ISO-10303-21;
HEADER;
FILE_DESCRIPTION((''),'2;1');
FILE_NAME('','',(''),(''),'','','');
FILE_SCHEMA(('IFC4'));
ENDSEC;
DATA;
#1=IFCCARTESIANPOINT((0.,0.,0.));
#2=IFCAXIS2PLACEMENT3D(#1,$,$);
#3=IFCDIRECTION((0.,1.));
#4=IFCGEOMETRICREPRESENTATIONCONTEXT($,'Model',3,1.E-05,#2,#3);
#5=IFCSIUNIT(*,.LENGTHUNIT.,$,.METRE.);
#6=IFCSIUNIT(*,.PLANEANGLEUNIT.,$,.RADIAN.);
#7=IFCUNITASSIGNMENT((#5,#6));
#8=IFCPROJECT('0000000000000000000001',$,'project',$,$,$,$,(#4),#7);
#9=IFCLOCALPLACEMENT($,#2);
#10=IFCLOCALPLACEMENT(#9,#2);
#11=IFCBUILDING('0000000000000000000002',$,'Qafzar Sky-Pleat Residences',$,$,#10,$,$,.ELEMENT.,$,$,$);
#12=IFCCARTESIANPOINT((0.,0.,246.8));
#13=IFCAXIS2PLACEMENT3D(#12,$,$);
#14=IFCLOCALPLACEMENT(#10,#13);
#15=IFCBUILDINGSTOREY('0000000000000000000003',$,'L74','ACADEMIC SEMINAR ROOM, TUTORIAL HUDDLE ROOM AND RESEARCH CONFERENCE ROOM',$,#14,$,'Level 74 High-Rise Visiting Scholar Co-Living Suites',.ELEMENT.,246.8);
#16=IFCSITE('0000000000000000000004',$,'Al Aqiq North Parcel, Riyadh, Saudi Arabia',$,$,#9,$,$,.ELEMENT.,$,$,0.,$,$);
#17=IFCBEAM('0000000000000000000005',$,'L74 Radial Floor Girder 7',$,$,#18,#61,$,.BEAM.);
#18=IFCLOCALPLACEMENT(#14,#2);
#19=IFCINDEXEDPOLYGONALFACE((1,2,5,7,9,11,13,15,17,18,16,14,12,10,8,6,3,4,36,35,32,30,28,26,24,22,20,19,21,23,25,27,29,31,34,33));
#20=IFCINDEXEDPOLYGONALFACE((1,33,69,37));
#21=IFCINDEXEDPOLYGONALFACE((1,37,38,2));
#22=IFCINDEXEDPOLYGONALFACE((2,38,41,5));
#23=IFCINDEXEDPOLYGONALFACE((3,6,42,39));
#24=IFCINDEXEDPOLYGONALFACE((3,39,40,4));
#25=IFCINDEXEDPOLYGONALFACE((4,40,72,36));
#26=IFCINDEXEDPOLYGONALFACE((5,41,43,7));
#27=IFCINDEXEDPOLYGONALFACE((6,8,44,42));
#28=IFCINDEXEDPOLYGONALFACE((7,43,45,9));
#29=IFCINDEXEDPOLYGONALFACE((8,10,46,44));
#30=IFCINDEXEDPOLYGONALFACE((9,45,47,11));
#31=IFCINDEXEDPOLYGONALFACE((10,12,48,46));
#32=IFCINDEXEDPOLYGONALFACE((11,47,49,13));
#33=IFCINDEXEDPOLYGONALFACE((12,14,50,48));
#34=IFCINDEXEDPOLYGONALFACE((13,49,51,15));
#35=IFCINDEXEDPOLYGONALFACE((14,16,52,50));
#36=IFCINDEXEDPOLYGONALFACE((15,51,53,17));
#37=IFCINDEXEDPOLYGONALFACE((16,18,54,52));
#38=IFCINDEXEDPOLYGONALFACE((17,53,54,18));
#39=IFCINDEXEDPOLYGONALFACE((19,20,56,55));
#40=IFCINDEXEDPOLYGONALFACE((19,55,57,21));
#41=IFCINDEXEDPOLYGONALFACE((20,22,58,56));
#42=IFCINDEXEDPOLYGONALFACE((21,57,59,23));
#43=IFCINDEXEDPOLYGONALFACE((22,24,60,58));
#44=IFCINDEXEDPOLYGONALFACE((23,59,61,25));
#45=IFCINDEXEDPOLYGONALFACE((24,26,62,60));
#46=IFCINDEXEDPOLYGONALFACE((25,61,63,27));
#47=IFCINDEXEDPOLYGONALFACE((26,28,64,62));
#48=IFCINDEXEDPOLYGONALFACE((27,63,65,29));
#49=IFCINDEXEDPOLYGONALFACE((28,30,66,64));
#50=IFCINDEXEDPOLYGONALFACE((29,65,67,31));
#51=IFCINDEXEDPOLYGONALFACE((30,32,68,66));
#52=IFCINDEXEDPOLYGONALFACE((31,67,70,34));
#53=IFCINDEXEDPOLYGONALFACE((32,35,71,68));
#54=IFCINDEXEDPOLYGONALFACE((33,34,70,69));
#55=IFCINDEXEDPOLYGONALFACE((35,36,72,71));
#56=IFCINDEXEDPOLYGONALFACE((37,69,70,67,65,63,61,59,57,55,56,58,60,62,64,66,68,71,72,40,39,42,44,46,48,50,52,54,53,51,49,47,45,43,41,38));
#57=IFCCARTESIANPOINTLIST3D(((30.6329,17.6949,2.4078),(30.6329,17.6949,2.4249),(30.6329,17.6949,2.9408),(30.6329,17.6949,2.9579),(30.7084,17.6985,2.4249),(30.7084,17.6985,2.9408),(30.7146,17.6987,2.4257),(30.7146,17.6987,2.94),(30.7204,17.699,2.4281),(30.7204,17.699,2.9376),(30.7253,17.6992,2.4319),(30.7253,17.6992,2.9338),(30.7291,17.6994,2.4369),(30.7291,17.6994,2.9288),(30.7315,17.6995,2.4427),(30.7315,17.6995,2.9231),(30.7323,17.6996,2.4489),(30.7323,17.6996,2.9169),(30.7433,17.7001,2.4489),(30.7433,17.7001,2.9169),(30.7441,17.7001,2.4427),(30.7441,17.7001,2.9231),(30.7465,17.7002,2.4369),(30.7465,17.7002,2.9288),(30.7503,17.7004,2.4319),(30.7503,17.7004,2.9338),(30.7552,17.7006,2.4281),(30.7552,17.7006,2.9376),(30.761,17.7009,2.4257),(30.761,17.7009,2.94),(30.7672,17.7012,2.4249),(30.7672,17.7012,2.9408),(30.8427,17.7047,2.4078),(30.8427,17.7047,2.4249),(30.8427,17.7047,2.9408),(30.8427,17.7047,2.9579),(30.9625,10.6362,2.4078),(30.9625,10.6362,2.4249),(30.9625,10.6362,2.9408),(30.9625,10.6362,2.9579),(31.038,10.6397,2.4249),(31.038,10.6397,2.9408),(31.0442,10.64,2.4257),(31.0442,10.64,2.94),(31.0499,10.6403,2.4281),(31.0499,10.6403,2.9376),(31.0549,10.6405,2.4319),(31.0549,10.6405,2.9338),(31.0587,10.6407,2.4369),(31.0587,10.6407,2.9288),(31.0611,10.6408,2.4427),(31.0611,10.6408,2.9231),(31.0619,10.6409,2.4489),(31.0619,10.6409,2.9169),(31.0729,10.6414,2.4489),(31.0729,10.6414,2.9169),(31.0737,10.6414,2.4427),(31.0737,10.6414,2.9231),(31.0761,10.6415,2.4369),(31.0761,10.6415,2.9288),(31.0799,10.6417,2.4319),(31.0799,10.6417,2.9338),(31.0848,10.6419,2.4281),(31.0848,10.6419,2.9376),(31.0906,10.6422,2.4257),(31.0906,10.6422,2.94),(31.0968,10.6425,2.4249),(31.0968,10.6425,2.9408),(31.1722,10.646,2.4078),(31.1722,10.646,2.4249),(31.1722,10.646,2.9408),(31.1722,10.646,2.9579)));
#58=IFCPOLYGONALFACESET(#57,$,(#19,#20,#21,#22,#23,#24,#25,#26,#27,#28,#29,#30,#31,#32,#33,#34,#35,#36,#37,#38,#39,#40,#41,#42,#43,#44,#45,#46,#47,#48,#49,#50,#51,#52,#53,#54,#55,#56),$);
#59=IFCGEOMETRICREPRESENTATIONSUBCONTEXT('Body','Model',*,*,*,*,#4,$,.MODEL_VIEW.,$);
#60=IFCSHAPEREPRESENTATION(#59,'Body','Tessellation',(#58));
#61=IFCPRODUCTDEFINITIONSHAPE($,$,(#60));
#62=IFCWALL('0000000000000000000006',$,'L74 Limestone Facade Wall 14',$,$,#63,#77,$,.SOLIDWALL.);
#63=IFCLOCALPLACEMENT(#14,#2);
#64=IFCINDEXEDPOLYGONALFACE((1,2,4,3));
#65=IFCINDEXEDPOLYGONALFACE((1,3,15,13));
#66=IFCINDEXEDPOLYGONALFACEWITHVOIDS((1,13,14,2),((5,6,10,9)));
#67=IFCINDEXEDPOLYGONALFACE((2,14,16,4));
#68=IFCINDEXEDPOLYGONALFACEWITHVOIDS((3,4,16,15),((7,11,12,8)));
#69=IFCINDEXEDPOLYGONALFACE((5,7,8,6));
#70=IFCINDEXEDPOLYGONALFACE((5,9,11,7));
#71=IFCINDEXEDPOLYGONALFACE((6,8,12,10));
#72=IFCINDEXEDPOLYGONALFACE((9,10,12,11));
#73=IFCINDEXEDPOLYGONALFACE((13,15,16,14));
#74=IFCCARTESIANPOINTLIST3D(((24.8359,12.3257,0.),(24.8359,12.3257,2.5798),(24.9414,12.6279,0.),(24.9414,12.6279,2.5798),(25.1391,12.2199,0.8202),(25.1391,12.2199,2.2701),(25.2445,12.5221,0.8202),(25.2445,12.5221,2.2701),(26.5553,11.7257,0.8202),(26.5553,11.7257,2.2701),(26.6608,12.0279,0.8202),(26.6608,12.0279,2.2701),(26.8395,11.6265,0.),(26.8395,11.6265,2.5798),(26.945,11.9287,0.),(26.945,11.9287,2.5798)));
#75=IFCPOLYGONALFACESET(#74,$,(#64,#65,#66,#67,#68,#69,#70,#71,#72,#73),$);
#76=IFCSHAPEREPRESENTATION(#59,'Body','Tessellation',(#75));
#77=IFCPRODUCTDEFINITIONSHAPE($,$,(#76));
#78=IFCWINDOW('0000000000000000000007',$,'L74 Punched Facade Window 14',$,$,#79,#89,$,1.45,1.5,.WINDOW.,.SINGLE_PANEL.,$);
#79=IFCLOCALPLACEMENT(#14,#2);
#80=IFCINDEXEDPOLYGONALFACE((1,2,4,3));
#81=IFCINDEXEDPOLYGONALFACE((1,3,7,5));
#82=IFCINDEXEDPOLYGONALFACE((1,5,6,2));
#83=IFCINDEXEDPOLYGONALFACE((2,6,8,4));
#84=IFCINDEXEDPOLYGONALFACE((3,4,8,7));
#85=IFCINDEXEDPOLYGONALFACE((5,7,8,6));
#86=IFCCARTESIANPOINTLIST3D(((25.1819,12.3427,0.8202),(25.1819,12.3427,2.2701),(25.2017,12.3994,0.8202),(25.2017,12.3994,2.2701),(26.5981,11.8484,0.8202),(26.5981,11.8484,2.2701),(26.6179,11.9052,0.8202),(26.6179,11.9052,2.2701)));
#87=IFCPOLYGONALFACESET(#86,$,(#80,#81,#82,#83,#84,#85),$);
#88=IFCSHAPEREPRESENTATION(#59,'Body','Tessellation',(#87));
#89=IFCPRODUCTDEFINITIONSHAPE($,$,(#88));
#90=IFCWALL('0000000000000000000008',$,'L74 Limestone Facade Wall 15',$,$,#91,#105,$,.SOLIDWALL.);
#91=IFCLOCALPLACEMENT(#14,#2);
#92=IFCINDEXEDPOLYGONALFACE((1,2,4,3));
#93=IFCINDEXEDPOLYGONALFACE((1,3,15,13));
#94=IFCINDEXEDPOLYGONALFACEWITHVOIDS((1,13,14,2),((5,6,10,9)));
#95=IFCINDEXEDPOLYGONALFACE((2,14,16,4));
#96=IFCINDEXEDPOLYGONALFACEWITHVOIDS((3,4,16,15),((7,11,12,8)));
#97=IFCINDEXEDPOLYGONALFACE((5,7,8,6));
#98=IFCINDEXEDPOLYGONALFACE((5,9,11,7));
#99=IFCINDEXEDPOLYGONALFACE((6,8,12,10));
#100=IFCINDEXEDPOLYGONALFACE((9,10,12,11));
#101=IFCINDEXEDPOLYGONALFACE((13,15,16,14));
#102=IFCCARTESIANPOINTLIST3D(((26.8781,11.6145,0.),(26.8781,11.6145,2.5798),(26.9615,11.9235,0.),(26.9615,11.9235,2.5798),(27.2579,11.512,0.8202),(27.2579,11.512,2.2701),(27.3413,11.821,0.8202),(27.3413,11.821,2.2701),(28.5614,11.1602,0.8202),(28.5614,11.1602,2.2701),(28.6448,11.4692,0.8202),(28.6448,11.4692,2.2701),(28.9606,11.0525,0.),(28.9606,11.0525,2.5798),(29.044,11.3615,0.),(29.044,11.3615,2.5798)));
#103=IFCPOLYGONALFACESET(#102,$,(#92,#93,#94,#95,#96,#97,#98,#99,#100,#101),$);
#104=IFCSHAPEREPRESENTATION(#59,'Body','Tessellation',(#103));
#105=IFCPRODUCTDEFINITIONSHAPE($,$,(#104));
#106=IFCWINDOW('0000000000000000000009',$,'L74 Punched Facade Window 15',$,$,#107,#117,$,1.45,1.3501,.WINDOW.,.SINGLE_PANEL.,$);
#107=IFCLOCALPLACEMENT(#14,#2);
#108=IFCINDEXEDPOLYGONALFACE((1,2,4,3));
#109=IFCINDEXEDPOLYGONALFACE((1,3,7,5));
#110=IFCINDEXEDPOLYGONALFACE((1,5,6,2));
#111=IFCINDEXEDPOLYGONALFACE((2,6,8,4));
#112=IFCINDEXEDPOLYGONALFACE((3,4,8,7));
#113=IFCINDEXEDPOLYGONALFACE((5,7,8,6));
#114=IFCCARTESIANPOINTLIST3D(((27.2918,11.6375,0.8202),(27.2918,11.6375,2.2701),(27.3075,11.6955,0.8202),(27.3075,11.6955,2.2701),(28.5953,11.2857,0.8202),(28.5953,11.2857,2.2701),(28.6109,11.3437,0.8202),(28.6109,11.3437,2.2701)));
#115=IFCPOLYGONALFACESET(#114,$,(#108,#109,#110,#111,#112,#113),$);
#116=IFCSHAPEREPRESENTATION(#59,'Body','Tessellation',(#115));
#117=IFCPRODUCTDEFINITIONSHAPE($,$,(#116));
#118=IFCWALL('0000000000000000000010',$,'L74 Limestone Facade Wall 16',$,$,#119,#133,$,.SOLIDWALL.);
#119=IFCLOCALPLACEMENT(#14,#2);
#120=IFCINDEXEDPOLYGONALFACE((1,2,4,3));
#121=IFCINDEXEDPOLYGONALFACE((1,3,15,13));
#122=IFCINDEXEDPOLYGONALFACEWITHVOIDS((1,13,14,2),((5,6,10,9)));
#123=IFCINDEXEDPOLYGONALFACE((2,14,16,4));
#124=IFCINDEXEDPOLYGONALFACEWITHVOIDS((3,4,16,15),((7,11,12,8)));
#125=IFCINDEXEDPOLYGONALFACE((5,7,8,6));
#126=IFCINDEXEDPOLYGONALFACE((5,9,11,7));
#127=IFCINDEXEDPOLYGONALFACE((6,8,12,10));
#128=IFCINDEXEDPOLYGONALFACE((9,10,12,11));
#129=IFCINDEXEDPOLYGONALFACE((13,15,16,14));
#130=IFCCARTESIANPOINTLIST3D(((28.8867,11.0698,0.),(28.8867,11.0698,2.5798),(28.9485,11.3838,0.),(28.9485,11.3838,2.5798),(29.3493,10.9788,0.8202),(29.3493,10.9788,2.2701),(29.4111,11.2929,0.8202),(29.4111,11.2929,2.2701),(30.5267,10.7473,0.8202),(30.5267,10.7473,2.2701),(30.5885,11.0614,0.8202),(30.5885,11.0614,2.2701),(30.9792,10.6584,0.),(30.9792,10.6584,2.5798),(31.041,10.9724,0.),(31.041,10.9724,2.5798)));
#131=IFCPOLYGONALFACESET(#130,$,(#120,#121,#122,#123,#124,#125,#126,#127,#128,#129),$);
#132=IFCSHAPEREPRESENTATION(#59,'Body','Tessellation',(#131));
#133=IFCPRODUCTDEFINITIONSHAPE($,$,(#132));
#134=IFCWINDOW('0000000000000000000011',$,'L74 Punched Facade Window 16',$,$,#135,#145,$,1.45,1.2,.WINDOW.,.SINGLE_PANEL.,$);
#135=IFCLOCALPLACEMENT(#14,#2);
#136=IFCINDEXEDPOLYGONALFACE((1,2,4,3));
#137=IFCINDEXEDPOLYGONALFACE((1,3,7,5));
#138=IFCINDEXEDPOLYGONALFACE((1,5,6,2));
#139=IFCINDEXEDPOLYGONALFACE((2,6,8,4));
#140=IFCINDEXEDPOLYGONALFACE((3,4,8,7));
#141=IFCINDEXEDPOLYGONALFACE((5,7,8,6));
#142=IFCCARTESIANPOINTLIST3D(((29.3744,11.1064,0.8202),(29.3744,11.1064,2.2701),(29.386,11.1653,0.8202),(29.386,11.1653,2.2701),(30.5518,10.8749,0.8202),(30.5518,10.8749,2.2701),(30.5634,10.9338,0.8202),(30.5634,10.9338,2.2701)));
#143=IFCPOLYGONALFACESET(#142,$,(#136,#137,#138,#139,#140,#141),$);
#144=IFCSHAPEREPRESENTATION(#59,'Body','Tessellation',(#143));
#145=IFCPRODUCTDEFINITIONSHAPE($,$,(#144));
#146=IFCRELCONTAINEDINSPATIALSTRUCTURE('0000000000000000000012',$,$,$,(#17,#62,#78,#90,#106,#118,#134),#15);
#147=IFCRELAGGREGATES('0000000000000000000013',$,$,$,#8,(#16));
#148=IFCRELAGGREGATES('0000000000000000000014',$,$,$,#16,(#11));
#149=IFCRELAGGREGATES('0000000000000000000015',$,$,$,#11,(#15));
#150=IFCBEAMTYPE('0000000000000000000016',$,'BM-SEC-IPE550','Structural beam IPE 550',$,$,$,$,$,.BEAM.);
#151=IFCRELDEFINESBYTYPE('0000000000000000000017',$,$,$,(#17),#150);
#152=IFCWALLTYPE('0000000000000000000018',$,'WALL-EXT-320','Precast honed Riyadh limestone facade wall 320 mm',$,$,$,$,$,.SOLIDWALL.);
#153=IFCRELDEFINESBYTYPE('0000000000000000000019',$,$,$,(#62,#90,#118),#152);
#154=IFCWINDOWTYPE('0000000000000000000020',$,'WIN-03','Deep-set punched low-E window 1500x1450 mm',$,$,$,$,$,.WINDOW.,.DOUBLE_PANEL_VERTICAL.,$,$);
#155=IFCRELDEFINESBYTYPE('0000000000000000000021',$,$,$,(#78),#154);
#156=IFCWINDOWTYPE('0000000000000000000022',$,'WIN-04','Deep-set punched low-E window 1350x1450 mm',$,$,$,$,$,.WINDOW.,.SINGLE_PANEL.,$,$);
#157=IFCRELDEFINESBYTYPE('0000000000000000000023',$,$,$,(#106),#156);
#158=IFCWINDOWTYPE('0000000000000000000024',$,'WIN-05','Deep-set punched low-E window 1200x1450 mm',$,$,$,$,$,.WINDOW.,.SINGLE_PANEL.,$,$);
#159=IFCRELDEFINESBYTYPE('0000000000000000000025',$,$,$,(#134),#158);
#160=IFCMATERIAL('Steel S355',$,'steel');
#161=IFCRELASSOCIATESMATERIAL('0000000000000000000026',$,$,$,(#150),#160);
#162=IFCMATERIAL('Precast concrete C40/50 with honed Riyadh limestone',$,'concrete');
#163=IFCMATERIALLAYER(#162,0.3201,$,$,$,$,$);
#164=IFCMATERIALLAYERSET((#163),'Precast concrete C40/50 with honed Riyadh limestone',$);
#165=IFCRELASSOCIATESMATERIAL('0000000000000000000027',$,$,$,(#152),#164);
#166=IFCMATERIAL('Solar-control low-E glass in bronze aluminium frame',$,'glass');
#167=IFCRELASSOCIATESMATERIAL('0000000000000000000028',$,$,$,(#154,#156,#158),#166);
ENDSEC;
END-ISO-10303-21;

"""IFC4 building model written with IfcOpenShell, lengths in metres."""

from ifc_helpers import new_model, si_unit, direction, frame, frame_2d, origin, origin_2d, place, context, subcontext, project, spatial, rectangle, i_section, extrude, source, transform, mapped, material, layer, layer_set, material_profile, profile_set, type_object, element, fill, save


model = new_model("IFC4")

# Units and contexts
model_context = context("Model", 3, precision=1e-05, world=origin(), true_north=direction((0.0, 1.0)))
body_context = subcontext(model_context, "Body", "Model", "MODEL_VIEW")
ifc_project = project(units=[si_unit("LENGTHUNIT", "METRE"), si_unit("PLANEANGLEUNIT", "RADIAN")], contexts=[model_context])

# Site, building, storey
site_placement = place(None, origin())
site = spatial("IfcSite", under=ifc_project, at=site_placement, Name="Al Aqiq North Parcel, Riyadh, Saudi Arabia", CompositionType="ELEMENT", RefElevation=0.0)
building_placement = place(site_placement, origin())
building = spatial("IfcBuilding", under=site, at=building_placement, Name="Qafzar Sky-Pleat Residences", CompositionType="ELEMENT")
storey_placement = place(building_placement, frame((0.0, 0.0, 246.8)))
storey = spatial("IfcBuildingStorey", under=building, at=storey_placement, Name="L74", Description="ACADEMIC SEMINAR ROOM, TUTORIAL HUDDLE ROOM AND RESEARCH CONFERENCE ROOM", LongName="Level 74 High-Rise Visiting Scholar Co-Living Suites", CompositionType="ELEMENT", Elevation=246.8)

# Shared definitions
ifc_material_1 = material(Name="Steel S355", Category="steel")

# Beam
ifc_material_profile_1 = material_profile(ifc_material_1, i_section(OverallWidth=0.21, OverallDepth=0.55, WebThickness=0.011, FlangeThickness=0.0171, FilletRadius=0.0239, at=origin_2d()), Name="IPE 550")
ifc_profile_set_1 = profile_set([ifc_material_profile_1], Name="Steel S355")
beam_type_1 = type_object("IfcBeamType", Name="BM-SEC-IPE550", Description="Structural beam IPE 550", PredefinedType="BEAM", material=ifc_profile_set_1)
shared_shape_1 = source(origin(), body_context, "Body", "SweptSolid", [
    extrude(i_section(OverallWidth=0.21, OverallDepth=0.55, WebThickness=0.011, FlangeThickness=0.0171, FilletRadius=0.0239, at=origin_2d()), origin(), (0.0, 0.0, 1.0), 7.0664),
])
beam_1_placement = place(storey_placement, frame((31.0674, 10.6411, 2.6829), z_axis=(-0.046641, 0.998912, 0.0), x_axis=(-0.998912, -0.046641, 0.0)))
element("IfcBeam", 1, at=beam_1_placement, inside=storey, type_object=beam_type_1, Name="L74 Radial Floor Girder 7", PredefinedType="BEAM", context=body_context, shape_type="MappedRepresentation", body=[
    mapped(shared_shape_1, transform((0.0, 0.0, 0.0), x_axis=(1.0, 0.0, 0.0), y_axis=(0.0, 1.0, 0.0), z_axis=(0.0, 0.0, 1.0), scale=1.0)),
])

# Walls, openings, windows
ifc_material_2 = material(Name="Precast concrete C40/50 with honed Riyadh limestone", Category="concrete")
ifc_layer_1 = layer(ifc_material_2, 0.3201)
ifc_layer_set_1 = layer_set([ifc_layer_1], Name="Precast concrete C40/50 with honed Riyadh limestone")
wall_type_1 = type_object("IfcWallType", Name="WALL-EXT-320", Description="Precast honed Riyadh limestone facade wall 320 mm", PredefinedType="SOLIDWALL", material=ifc_layer_set_1)
wall_1_placement = place(storey_placement, frame((24.8887, 12.4768, 0.0), z_axis=(0.0, 0.0, 1.0), x_axis=(0.944161, -0.329484, 0.0)))
wall_1 = element("IfcWall", 2, at=wall_1_placement, inside=storey, type_object=wall_type_1, Name="L74 Limestone Facade Wall 14", PredefinedType="SOLIDWALL", context=body_context, shape_type="SweptSolid", body=[
    extrude(rectangle(XDim=2.1221, YDim=0.3201, at=frame_2d((1.061, 0.0))), origin(), (0.0, 0.0, 1.0), 2.5798),
])
opening_1_placement = place(wall_1_placement, frame((0.321, 0.0, 0.8201)))
opening_1 = element("IfcOpeningElement", 3, at=opening_1_placement, cuts=wall_1, PredefinedType="OPENING", context=body_context, shape_type="SweptSolid", body=[
    extrude(rectangle(XDim=1.5, YDim=1.45, at=frame_2d((0.75, 0.7251))), frame((0.0, 0.1699, 0.0), z_axis=(0.0, -1.0, 0.0), x_axis=(1.0, 0.0, 0.0)), (0.0, 0.0, 1.0), 0.3401),
])
ifc_material_3 = material(Name="Solar-control low-E glass in bronze aluminium frame", Category="glass")
window_type_1 = type_object("IfcWindowType", Name="WIN-03", Description="Deep-set punched low-E window 1500x1450 mm", PartitioningType="DOUBLE_PANEL_VERTICAL", PredefinedType="WINDOW", material=ifc_material_3)
shared_shape_2 = source(origin(), body_context, "Body", "SweptSolid", [
    extrude(rectangle(XDim=1.5, YDim=1.45, at=frame_2d((0.75, 0.7251))), frame((0.0, 0.03, 0.0), z_axis=(0.0, -1.0, 0.0), x_axis=(1.0, 0.0, 0.0)), (0.0, 0.0, 1.0), 0.0601),
])
window_1_placement = place(opening_1_placement, origin())
window_1 = element("IfcWindow", 4, at=window_1_placement, inside=storey, type_object=window_type_1, Name="L74 Punched Facade Window 14", OverallHeight=1.45, OverallWidth=1.5, PartitioningType="SINGLE_PANEL", PredefinedType="WINDOW", context=body_context, shape_type="MappedRepresentation", body=[
    mapped(shared_shape_2, transform((0.0, 0.0, 0.0), x_axis=(1.0, 0.0, 0.0), y_axis=(0.0, 1.0, 0.0), z_axis=(0.0, 0.0, 1.0), scale=1.0)),
])
fill(opening_1, window_1)
wall_2_placement = place(storey_placement, frame((26.9197, 11.769, 0.0), z_axis=(0.0, 0.0, 1.0), x_axis=(0.96546, -0.26055, 0.0)))
wall_2 = element("IfcWall", 5, at=wall_2_placement, inside=storey, type_object=wall_type_1, Name="L74 Limestone Facade Wall 15", PredefinedType="SOLIDWALL", context=body_context, shape_type="SweptSolid", body=[
    extrude(rectangle(XDim=2.157, YDim=0.3201, at=frame_2d((1.0786, 0.0))), origin(), (0.0, 0.0, 1.0), 2.5798),
])
opening_2_placement = place(wall_2_placement, frame((0.3936, 0.0, 0.8201)))
opening_2 = element("IfcOpeningElement", 6, at=opening_2_placement, cuts=wall_2, PredefinedType="OPENING", context=body_context, shape_type="SweptSolid", body=[
    extrude(rectangle(XDim=1.3501, YDim=1.45, at=frame_2d((0.675, 0.7251))), frame((0.0, 0.1699, 0.0), z_axis=(0.0, -1.0, 0.0), x_axis=(1.0, 0.0, 0.0)), (0.0, 0.0, 1.0), 0.3401),
])
window_type_2 = type_object("IfcWindowType", Name="WIN-04", Description="Deep-set punched low-E window 1350x1450 mm", PartitioningType="SINGLE_PANEL", PredefinedType="WINDOW", material=ifc_material_3)
shared_shape_3 = source(origin(), body_context, "Body", "SweptSolid", [
    extrude(rectangle(XDim=1.3501, YDim=1.45, at=frame_2d((0.675, 0.7251))), frame((0.0, 0.03, 0.0), z_axis=(0.0, -1.0, 0.0), x_axis=(1.0, 0.0, 0.0)), (0.0, 0.0, 1.0), 0.0601),
])
window_2_placement = place(opening_2_placement, origin())
window_2 = element("IfcWindow", 7, at=window_2_placement, inside=storey, type_object=window_type_2, Name="L74 Punched Facade Window 15", OverallHeight=1.45, OverallWidth=1.3501, PartitioningType="SINGLE_PANEL", PredefinedType="WINDOW", context=body_context, shape_type="MappedRepresentation", body=[
    mapped(shared_shape_3, transform((0.0, 0.0, 0.0), x_axis=(1.0, 0.0, 0.0), y_axis=(0.0, 1.0, 0.0), z_axis=(0.0, 0.0, 1.0), scale=1.0)),
])
fill(opening_2, window_2)
wall_3_placement = place(storey_placement, frame((28.9175, 11.2268, 0.0), z_axis=(0.0, 0.0, 1.0), x_axis=(0.981218, -0.192901, 0.0)))
wall_3 = element("IfcWall", 8, at=wall_3_placement, inside=storey, type_object=wall_type_1, Name="L74 Limestone Facade Wall 16", PredefinedType="SOLIDWALL", context=body_context, shape_type="SweptSolid", body=[
    extrude(rectangle(XDim=2.1326, YDim=0.3201, at=frame_2d((1.0664, 0.0))), origin(), (0.0, 0.0, 1.0), 2.5798),
])
opening_3_placement = place(wall_3_placement, frame((0.4714, 0.0, 0.8201)))
opening_3 = element("IfcOpeningElement", 9, at=opening_3_placement, cuts=wall_3, PredefinedType="OPENING", context=body_context, shape_type="SweptSolid", body=[
    extrude(rectangle(XDim=1.2, YDim=1.45, at=frame_2d((0.6001, 0.7251))), frame((0.0, 0.1699, 0.0), z_axis=(0.0, -1.0, 0.0), x_axis=(1.0, 0.0, 0.0)), (0.0, 0.0, 1.0), 0.3401),
])
window_type_3 = type_object("IfcWindowType", Name="WIN-05", Description="Deep-set punched low-E window 1200x1450 mm", PartitioningType="SINGLE_PANEL", PredefinedType="WINDOW", material=ifc_material_3)
shared_shape_4 = source(origin(), body_context, "Body", "SweptSolid", [
    extrude(rectangle(XDim=1.2, YDim=1.45, at=frame_2d((0.6001, 0.7251))), frame((0.0, 0.03, 0.0), z_axis=(0.0, -1.0, 0.0), x_axis=(1.0, 0.0, 0.0)), (0.0, 0.0, 1.0), 0.0601),
])
window_3_placement = place(opening_3_placement, origin())
window_3 = element("IfcWindow", 10, at=window_3_placement, inside=storey, type_object=window_type_3, Name="L74 Punched Facade Window 16", OverallHeight=1.45, OverallWidth=1.2, PartitioningType="SINGLE_PANEL", PredefinedType="WINDOW", context=body_context, shape_type="MappedRepresentation", body=[
    mapped(shared_shape_4, transform((0.0, 0.0, 0.0), x_axis=(1.0, 0.0, 0.0), y_axis=(0.0, 1.0, 0.0), z_axis=(0.0, 0.0, 1.0), scale=1.0)),
])
fill(opening_3, window_3)

save(model, "model.ifc")
